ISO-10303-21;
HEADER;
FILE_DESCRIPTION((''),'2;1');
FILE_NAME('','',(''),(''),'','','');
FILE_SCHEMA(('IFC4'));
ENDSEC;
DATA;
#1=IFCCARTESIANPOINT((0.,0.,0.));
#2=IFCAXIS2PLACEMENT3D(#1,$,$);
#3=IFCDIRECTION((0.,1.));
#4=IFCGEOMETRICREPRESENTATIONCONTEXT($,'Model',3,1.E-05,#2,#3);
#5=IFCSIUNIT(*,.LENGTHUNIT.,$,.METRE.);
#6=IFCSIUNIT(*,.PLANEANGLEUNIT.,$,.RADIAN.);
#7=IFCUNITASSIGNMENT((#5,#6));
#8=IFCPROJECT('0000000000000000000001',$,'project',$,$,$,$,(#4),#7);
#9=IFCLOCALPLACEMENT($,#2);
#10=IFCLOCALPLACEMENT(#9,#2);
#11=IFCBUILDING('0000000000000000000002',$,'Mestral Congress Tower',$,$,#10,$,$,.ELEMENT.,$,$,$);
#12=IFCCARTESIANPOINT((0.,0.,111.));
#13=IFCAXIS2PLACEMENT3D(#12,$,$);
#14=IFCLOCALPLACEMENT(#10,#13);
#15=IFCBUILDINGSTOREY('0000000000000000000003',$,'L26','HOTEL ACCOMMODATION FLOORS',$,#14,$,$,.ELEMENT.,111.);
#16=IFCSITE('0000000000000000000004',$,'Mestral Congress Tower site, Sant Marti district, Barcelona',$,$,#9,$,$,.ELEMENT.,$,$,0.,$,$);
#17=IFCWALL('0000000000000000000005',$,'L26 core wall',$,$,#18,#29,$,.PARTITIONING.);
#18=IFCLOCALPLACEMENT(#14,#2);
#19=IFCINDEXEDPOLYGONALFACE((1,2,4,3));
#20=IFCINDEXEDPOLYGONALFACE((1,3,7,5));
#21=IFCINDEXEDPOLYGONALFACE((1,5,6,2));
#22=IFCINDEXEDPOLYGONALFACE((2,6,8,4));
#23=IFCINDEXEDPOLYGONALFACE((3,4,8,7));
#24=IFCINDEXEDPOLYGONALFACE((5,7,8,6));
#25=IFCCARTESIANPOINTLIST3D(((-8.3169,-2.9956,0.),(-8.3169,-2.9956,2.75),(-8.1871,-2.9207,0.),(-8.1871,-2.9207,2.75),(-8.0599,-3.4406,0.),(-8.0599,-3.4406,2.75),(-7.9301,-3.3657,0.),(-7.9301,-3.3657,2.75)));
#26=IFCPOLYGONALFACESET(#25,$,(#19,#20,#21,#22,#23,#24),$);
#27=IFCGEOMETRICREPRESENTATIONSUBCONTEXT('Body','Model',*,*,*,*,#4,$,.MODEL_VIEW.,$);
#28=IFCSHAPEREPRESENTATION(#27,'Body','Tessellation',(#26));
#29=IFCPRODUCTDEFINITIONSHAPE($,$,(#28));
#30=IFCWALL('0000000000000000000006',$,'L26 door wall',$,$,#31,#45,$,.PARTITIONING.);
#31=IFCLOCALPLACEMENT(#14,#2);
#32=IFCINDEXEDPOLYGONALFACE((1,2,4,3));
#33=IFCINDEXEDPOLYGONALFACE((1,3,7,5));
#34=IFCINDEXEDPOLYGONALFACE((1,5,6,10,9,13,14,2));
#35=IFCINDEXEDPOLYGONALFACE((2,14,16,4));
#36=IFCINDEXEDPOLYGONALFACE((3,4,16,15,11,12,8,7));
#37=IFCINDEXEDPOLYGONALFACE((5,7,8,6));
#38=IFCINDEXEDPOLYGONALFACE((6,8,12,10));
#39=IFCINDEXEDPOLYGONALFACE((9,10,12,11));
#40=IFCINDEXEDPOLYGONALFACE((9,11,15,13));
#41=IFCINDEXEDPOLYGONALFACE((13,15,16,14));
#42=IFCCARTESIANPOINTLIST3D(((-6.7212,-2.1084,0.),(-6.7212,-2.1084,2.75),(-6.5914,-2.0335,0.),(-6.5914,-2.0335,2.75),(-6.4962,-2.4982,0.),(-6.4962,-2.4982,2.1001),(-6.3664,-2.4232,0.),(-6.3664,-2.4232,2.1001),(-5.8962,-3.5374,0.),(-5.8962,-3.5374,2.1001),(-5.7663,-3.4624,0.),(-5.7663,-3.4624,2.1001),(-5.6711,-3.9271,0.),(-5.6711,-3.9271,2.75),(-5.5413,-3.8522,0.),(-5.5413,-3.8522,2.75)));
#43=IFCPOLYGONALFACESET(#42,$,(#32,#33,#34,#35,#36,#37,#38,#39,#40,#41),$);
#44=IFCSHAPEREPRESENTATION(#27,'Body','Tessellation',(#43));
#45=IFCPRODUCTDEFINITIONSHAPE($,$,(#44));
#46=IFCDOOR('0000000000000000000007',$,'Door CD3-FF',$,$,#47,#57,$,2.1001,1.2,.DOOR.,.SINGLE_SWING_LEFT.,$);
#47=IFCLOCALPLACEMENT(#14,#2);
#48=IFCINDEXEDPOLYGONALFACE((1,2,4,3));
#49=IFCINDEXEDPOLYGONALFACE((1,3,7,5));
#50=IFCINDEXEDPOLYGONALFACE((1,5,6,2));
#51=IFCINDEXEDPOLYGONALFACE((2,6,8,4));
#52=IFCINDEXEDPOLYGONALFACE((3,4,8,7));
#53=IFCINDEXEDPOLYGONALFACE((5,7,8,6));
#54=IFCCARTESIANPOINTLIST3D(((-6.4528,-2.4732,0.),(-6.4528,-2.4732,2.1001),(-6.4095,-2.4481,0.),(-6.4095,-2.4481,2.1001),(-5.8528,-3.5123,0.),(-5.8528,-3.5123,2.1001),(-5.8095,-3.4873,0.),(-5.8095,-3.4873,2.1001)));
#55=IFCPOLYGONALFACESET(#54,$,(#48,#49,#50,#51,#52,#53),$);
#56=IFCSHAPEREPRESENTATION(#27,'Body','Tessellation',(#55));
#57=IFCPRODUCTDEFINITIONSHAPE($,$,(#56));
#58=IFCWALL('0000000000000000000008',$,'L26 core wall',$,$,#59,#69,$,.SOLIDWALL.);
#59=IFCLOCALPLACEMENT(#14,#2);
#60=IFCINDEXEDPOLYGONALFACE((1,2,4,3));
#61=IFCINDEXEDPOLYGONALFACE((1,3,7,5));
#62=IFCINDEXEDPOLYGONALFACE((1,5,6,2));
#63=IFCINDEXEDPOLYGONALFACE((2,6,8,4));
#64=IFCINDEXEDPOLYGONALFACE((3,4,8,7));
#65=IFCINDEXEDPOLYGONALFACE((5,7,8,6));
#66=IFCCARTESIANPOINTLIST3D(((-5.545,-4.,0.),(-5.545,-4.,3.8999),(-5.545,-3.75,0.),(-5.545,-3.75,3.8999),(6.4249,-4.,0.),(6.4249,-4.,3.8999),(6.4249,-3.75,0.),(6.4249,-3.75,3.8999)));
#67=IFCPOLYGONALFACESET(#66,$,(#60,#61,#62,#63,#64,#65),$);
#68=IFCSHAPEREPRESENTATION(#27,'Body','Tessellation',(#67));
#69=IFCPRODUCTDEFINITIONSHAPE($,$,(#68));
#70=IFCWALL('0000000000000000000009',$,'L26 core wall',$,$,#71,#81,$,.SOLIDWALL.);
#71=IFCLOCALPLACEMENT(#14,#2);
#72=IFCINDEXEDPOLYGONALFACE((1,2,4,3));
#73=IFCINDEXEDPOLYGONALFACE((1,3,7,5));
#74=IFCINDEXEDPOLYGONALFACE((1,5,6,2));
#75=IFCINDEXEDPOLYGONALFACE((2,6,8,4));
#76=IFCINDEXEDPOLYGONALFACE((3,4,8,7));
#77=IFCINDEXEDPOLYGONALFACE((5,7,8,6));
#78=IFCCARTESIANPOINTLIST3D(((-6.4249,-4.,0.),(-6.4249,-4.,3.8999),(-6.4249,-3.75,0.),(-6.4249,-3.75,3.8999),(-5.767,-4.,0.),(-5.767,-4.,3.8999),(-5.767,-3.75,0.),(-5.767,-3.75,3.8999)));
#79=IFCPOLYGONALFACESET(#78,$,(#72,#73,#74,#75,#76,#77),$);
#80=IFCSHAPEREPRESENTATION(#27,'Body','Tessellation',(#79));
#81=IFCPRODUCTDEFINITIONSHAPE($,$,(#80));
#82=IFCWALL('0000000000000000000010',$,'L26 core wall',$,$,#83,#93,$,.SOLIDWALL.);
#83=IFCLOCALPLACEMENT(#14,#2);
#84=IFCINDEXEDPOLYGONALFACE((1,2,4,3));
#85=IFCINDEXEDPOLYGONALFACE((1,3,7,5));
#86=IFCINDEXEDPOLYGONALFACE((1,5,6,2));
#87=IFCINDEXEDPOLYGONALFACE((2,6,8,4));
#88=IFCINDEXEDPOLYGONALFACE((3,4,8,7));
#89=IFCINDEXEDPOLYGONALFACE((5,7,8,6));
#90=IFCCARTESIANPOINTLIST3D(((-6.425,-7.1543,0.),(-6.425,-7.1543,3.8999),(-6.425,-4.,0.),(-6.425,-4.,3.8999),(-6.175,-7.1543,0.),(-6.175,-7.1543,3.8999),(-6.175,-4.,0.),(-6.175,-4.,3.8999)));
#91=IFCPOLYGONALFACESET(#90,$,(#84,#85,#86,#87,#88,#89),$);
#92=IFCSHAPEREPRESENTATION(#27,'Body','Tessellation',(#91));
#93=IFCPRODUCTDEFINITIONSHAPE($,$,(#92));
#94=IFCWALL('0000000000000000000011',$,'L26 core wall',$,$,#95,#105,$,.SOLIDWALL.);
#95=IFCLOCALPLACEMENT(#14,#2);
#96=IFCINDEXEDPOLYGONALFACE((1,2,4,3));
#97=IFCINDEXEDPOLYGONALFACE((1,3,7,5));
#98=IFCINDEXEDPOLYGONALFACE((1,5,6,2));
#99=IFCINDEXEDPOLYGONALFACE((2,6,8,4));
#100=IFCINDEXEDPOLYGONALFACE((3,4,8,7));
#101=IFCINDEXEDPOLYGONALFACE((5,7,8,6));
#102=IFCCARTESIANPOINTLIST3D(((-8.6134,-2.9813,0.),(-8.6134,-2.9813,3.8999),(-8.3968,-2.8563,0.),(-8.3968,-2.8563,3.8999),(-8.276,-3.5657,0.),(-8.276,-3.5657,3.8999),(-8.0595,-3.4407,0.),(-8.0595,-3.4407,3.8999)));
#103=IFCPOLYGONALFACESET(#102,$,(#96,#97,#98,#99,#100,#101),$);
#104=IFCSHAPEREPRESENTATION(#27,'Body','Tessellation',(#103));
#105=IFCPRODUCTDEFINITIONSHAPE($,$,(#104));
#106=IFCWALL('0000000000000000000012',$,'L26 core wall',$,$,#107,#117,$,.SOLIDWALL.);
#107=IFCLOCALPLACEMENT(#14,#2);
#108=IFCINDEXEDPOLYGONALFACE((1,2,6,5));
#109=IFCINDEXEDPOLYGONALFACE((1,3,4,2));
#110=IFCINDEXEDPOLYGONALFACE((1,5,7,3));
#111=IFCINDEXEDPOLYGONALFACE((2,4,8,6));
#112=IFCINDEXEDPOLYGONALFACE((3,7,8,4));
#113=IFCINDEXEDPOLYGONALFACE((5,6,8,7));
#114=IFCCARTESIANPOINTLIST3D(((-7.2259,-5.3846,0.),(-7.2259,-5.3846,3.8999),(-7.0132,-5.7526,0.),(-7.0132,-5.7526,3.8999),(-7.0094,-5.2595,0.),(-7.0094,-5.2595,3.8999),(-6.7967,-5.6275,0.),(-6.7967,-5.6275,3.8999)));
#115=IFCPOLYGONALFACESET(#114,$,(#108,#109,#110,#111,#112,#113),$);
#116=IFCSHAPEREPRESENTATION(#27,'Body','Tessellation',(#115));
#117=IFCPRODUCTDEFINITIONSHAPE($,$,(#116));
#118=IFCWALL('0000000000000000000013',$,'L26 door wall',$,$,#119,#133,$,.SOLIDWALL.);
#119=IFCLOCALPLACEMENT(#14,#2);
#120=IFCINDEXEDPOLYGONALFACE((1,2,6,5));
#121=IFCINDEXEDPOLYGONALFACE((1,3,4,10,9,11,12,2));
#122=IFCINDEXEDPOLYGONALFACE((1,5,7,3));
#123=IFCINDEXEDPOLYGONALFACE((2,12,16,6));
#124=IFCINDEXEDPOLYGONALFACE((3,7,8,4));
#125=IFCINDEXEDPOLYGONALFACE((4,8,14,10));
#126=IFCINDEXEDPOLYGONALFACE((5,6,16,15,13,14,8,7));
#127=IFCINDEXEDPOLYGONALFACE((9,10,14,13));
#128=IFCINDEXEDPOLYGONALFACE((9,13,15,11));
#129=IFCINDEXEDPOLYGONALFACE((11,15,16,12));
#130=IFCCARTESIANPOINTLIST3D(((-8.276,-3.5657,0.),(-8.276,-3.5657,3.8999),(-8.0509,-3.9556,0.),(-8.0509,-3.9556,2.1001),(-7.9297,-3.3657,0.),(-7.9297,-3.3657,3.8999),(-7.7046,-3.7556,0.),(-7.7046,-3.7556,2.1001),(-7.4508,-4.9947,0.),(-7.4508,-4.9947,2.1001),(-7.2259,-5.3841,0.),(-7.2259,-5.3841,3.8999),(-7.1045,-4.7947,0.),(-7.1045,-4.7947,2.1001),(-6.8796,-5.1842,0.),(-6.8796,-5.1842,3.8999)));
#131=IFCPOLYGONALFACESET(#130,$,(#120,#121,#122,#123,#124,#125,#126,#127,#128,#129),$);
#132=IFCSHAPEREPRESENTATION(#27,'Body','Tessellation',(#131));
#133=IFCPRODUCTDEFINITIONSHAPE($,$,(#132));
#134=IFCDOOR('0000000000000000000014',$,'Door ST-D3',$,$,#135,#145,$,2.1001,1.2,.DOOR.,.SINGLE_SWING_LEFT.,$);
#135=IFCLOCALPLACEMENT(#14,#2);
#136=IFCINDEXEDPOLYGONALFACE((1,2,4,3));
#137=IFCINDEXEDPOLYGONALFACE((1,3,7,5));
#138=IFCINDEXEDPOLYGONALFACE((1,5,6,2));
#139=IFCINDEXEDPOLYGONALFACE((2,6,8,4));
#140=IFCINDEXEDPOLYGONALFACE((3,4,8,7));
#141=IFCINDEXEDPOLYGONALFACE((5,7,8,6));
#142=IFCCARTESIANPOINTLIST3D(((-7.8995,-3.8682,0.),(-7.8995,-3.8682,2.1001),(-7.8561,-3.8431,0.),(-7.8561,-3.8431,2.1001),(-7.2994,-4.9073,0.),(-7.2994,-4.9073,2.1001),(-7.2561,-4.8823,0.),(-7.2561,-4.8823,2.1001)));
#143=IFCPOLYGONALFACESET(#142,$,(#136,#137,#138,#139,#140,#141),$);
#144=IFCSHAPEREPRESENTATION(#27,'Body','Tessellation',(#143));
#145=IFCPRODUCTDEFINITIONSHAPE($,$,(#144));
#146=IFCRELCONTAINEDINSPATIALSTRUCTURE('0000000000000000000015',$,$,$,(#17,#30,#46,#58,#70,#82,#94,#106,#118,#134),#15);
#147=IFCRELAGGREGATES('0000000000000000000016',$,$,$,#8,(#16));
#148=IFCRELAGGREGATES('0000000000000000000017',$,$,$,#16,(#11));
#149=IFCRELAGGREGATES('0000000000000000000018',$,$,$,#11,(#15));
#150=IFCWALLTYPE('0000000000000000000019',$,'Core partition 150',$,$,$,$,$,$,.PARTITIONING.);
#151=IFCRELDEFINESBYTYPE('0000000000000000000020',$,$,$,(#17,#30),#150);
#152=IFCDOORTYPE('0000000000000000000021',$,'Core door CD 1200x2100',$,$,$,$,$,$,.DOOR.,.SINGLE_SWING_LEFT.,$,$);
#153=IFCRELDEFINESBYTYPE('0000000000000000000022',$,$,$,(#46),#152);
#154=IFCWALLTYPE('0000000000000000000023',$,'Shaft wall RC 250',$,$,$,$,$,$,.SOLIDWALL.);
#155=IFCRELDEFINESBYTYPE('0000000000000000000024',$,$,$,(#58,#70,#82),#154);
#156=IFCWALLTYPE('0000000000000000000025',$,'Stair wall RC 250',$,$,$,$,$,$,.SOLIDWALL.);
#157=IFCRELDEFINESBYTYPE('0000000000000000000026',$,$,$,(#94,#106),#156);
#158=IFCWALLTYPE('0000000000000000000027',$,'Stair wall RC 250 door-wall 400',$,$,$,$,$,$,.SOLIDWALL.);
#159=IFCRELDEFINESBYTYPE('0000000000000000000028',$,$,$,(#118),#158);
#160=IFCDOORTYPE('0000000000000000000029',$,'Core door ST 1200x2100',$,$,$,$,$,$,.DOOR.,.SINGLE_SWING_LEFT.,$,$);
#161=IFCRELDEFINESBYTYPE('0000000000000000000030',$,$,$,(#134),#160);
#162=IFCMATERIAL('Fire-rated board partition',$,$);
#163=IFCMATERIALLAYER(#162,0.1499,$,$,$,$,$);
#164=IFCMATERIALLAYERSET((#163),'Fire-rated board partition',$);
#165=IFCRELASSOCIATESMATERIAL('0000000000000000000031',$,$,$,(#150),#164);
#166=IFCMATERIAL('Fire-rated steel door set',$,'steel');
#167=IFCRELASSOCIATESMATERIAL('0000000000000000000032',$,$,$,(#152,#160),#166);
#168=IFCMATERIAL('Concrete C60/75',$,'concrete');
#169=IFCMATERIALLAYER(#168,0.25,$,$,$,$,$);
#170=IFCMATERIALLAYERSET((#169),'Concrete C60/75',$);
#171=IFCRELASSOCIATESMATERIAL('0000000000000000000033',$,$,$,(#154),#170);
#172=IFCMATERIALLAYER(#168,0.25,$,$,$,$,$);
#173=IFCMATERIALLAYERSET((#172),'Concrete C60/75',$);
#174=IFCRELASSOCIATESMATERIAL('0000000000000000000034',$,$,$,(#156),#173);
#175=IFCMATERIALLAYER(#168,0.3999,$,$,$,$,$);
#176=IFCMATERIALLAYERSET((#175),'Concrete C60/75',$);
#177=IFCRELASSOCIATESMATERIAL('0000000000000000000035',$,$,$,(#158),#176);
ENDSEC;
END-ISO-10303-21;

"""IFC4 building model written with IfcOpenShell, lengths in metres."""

from ifc_helpers import new_model, si_unit, direction, frame, frame_2d, origin, place, context, subcontext, project, spatial, rectangle, extrude, material, layer, layer_set, type_object, element, fill, save


model = new_model("IFC4")

# Units and contexts
model_context = context("Model", 3, precision=1e-05, world=origin(), true_north=direction((0.0, 1.0)))
body_context = subcontext(model_context, "Body", "Model", "MODEL_VIEW")
ifc_project = project(units=[si_unit("LENGTHUNIT", "METRE"), si_unit("PLANEANGLEUNIT", "RADIAN")], contexts=[model_context])

# Site, building, storey
site_placement = place(None, origin())
site = spatial("IfcSite", under=ifc_project, at=site_placement, Name="Mestral Congress Tower site, Sant Marti district, Barcelona", CompositionType="ELEMENT", RefElevation=0.0)
building_placement = place(site_placement, origin())
building = spatial("IfcBuilding", under=site, at=building_placement, Name="Mestral Congress Tower", CompositionType="ELEMENT")
storey_placement = place(building_placement, frame((0.0, 0.0, 111.0)))
storey = spatial("IfcBuildingStorey", under=building, at=storey_placement, Name="L26", Description="HOTEL ACCOMMODATION FLOORS", CompositionType="ELEMENT", Elevation=111.0)

# Wall
ifc_material_1 = material(Name="Fire-rated board partition")
ifc_layer_1 = layer(ifc_material_1, 0.1499)
ifc_layer_set_1 = layer_set([ifc_layer_1], Name="Fire-rated board partition")
wall_type_1 = type_object("IfcWallType", Name="Core partition 150", PredefinedType="PARTITIONING", material=ifc_layer_set_1)
wall_1_placement = place(storey_placement, frame((-8.252, -2.9583, 0.0), z_axis=(0.0, 0.0, 1.0), x_axis=(0.500175, -0.865925, 0.0)))
element("IfcWall", 1, at=wall_1_placement, inside=storey, type_object=wall_type_1, Name="L26 core wall", PredefinedType="PARTITIONING", context=body_context, shape_type="SweptSolid", body=[
    extrude(rectangle(XDim=0.5139, YDim=0.1499, at=frame_2d((0.2568, 0.0))), origin(), (0.0, 0.0, 1.0), 2.75),
])

# Wall, opening, door
wall_2_placement = place(storey_placement, frame((-5.6062, -3.8896, 0.0), z_axis=(0.0, 0.0, 1.0), x_axis=(-0.500028, 0.866009, 0.0)))
wall_2 = element("IfcWall", 2, at=wall_2_placement, inside=storey, type_object=wall_type_1, Name="L26 door wall", PredefinedType="PARTITIONING", context=body_context, shape_type="SweptSolid", body=[
    extrude(rectangle(XDim=2.1001, YDim=0.1499, at=frame_2d((1.05, 0.0))), origin(), (0.0, 0.0, 1.0), 2.75),
])
opening_1_placement = place(wall_2_placement, frame((0.45, 0.0, 0.0)))
opening_1 = element("IfcOpeningElement", 3, at=opening_1_placement, cuts=wall_2, PredefinedType="OPENING", context=body_context, shape_type="SweptSolid", body=[
    extrude(rectangle(XDim=1.2, YDim=2.1001, at=frame_2d((0.6001, 1.05))), frame((0.0, 0.085, 0.0), z_axis=(0.0, -1.0, 0.0), x_axis=(1.0, 0.0, 0.0)), (0.0, 0.0, 1.0), 0.1699),
])
ifc_material_2 = material(Name="Fire-rated steel door set", Category="steel")
door_type_1 = type_object("IfcDoorType", Name="Core door CD 1200x2100", OperationType="SINGLE_SWING_LEFT", PredefinedType="DOOR", material=ifc_material_2)
door_1_placement = place(opening_1_placement, origin())
door_1 = element("IfcDoor", 4, at=door_1_placement, inside=storey, type_object=door_type_1, Name="Door CD3-FF", OperationType="SINGLE_SWING_LEFT", OverallHeight=2.1001, OverallWidth=1.2, PredefinedType="DOOR", context=body_context, shape_type="SweptSolid", body=[
    extrude(rectangle(XDim=1.2, YDim=2.1001, at=frame_2d((0.6001, 1.05))), frame((0.0, 0.0249, 0.0), z_axis=(0.0, -1.0, 0.0), x_axis=(1.0, 0.0, 0.0)), (0.0, 0.0, 1.0), 0.05),
])
fill(opening_1, door_1)

# Walls
ifc_material_3 = material(Name="Concrete C60/75", Category="concrete")
ifc_layer_2 = layer(ifc_material_3, 0.25)
ifc_layer_set_2 = layer_set([ifc_layer_2], Name="Concrete C60/75")
wall_type_2 = type_object("IfcWallType", Name="Shaft wall RC 250", PredefinedType="SOLIDWALL", material=ifc_layer_set_2)
wall_3_placement = place(storey_placement, frame((-5.5449, -3.875, 0.0), z_axis=(0.0, 0.0, 1.0), x_axis=(1.0, 0.0, 0.0)))
element("IfcWall", 5, at=wall_3_placement, inside=storey, type_object=wall_type_2, Name="L26 core wall", PredefinedType="SOLIDWALL", context=body_context, shape_type="SweptSolid", body=[
    extrude(rectangle(XDim=11.97, YDim=0.25, at=frame_2d((5.9849, 0.0))), origin(), (0.0, 0.0, 1.0), 3.8999),
])
wall_4_placement = place(storey_placement, frame((-6.425, -3.875, 0.0), z_axis=(0.0, 0.0, 1.0), x_axis=(1.0, 0.0, 0.0)))
element("IfcWall", 6, at=wall_4_placement, inside=storey, type_object=wall_type_2, Name="L26 core wall", PredefinedType="SOLIDWALL", context=body_context, shape_type="SweptSolid", body=[
    extrude(rectangle(XDim=0.658, YDim=0.25, at=frame_2d((0.3291, 0.0))), origin(), (0.0, 0.0, 1.0), 3.8999),
])
wall_5_placement = place(storey_placement, frame((-6.3, -4.0, 0.0), z_axis=(0.0, 0.0, 1.0), x_axis=(0.0, -1.0, 0.0)))
element("IfcWall", 7, at=wall_5_placement, inside=storey, type_object=wall_type_2, Name="L26 core wall", PredefinedType="SOLIDWALL", context=body_context, shape_type="SweptSolid", body=[
    extrude(rectangle(XDim=3.1543, YDim=0.25, at=frame_2d((1.5771, 0.0))), origin(), (0.0, 0.0, 1.0), 3.8999),
])
ifc_layer_3 = layer(ifc_material_3, 0.25)
ifc_layer_set_3 = layer_set([ifc_layer_3], Name="Concrete C60/75")
wall_type_3 = type_object("IfcWallType", Name="Stair wall RC 250", PredefinedType="SOLIDWALL", material=ifc_layer_set_3)
wall_6_placement = place(storey_placement, frame((-8.1677, -3.5032, 0.0), z_axis=(0.0, 0.0, 1.0), x_axis=(-0.499952, 0.866053, 0.0)))
element("IfcWall", 8, at=wall_6_placement, inside=storey, type_object=wall_type_3, Name="L26 core wall", PredefinedType="SOLIDWALL", context=body_context, shape_type="SweptSolid", body=[
    extrude(rectangle(XDim=0.6748, YDim=0.25, at=frame_2d((0.3374, 0.0))), origin(), (0.0, 0.0, 1.0), 3.8999),
])
wall_7_placement = place(storey_placement, frame((-6.905, -5.6899, 0.0), z_axis=(0.0, 0.0, 1.0), x_axis=(-0.500402, 0.865793, 0.0)))
element("IfcWall", 9, at=wall_7_placement, inside=storey, type_object=wall_type_3, Name="L26 core wall", PredefinedType="SOLIDWALL", context=body_context, shape_type="SweptSolid", body=[
    extrude(rectangle(XDim=0.425, YDim=0.25, at=frame_2d((0.2124, 0.0))), origin(), (0.0, 0.0, 1.0), 3.8999),
])

# Wall, opening, door
ifc_layer_4 = layer(ifc_material_3, 0.3999)
ifc_layer_set_4 = layer_set([ifc_layer_4], Name="Concrete C60/75")
wall_type_4 = type_object("IfcWallType", Name="Stair wall RC 250 door-wall 400", PredefinedType="SOLIDWALL", material=ifc_layer_set_4)
wall_8_placement = place(storey_placement, frame((-8.1028, -3.4658, 0.0), z_axis=(0.0, 0.0, 1.0), x_axis=(0.500078, -0.86598, 0.0)))
wall_8 = element("IfcWall", 10, at=wall_8_placement, inside=storey, type_object=wall_type_4, Name="L26 door wall", PredefinedType="SOLIDWALL", context=body_context, shape_type="SweptSolid", body=[
    extrude(rectangle(XDim=2.0999, YDim=0.3999, at=frame_2d((1.0498, 0.0))), origin(), (0.0, 0.0, 1.0), 3.8999),
])
opening_2_placement = place(wall_8_placement, frame((0.45, 0.0, 0.0)))
opening_2 = element("IfcOpeningElement", 11, at=opening_2_placement, cuts=wall_8, PredefinedType="OPENING", context=body_context, shape_type="SweptSolid", body=[
    extrude(rectangle(XDim=1.2, YDim=2.1001, at=frame_2d((0.6001, 1.05))), frame((0.0, 0.21, 0.0), z_axis=(0.0, -1.0, 0.0), x_axis=(1.0, 0.0, 0.0)), (0.0, 0.0, 1.0), 0.4199),
])
door_type_2 = type_object("IfcDoorType", Name="Core door ST 1200x2100", OperationType="SINGLE_SWING_LEFT", PredefinedType="DOOR", material=ifc_material_2)
door_2_placement = place(opening_2_placement, origin())
door_2 = element("IfcDoor", 12, at=door_2_placement, inside=storey, type_object=door_type_2, Name="Door ST-D3", OperationType="SINGLE_SWING_LEFT", OverallHeight=2.1001, OverallWidth=1.2, PredefinedType="DOOR", context=body_context, shape_type="SweptSolid", body=[
    extrude(rectangle(XDim=1.2, YDim=2.1001, at=frame_2d((0.6001, 1.05))), frame((0.0, 0.0249, 0.0), z_axis=(0.0, -1.0, 0.0), x_axis=(1.0, 0.0, 0.0)), (0.0, 0.0, 1.0), 0.05),
])
fill(opening_2, door_2)

save(model, "model.ifc")
